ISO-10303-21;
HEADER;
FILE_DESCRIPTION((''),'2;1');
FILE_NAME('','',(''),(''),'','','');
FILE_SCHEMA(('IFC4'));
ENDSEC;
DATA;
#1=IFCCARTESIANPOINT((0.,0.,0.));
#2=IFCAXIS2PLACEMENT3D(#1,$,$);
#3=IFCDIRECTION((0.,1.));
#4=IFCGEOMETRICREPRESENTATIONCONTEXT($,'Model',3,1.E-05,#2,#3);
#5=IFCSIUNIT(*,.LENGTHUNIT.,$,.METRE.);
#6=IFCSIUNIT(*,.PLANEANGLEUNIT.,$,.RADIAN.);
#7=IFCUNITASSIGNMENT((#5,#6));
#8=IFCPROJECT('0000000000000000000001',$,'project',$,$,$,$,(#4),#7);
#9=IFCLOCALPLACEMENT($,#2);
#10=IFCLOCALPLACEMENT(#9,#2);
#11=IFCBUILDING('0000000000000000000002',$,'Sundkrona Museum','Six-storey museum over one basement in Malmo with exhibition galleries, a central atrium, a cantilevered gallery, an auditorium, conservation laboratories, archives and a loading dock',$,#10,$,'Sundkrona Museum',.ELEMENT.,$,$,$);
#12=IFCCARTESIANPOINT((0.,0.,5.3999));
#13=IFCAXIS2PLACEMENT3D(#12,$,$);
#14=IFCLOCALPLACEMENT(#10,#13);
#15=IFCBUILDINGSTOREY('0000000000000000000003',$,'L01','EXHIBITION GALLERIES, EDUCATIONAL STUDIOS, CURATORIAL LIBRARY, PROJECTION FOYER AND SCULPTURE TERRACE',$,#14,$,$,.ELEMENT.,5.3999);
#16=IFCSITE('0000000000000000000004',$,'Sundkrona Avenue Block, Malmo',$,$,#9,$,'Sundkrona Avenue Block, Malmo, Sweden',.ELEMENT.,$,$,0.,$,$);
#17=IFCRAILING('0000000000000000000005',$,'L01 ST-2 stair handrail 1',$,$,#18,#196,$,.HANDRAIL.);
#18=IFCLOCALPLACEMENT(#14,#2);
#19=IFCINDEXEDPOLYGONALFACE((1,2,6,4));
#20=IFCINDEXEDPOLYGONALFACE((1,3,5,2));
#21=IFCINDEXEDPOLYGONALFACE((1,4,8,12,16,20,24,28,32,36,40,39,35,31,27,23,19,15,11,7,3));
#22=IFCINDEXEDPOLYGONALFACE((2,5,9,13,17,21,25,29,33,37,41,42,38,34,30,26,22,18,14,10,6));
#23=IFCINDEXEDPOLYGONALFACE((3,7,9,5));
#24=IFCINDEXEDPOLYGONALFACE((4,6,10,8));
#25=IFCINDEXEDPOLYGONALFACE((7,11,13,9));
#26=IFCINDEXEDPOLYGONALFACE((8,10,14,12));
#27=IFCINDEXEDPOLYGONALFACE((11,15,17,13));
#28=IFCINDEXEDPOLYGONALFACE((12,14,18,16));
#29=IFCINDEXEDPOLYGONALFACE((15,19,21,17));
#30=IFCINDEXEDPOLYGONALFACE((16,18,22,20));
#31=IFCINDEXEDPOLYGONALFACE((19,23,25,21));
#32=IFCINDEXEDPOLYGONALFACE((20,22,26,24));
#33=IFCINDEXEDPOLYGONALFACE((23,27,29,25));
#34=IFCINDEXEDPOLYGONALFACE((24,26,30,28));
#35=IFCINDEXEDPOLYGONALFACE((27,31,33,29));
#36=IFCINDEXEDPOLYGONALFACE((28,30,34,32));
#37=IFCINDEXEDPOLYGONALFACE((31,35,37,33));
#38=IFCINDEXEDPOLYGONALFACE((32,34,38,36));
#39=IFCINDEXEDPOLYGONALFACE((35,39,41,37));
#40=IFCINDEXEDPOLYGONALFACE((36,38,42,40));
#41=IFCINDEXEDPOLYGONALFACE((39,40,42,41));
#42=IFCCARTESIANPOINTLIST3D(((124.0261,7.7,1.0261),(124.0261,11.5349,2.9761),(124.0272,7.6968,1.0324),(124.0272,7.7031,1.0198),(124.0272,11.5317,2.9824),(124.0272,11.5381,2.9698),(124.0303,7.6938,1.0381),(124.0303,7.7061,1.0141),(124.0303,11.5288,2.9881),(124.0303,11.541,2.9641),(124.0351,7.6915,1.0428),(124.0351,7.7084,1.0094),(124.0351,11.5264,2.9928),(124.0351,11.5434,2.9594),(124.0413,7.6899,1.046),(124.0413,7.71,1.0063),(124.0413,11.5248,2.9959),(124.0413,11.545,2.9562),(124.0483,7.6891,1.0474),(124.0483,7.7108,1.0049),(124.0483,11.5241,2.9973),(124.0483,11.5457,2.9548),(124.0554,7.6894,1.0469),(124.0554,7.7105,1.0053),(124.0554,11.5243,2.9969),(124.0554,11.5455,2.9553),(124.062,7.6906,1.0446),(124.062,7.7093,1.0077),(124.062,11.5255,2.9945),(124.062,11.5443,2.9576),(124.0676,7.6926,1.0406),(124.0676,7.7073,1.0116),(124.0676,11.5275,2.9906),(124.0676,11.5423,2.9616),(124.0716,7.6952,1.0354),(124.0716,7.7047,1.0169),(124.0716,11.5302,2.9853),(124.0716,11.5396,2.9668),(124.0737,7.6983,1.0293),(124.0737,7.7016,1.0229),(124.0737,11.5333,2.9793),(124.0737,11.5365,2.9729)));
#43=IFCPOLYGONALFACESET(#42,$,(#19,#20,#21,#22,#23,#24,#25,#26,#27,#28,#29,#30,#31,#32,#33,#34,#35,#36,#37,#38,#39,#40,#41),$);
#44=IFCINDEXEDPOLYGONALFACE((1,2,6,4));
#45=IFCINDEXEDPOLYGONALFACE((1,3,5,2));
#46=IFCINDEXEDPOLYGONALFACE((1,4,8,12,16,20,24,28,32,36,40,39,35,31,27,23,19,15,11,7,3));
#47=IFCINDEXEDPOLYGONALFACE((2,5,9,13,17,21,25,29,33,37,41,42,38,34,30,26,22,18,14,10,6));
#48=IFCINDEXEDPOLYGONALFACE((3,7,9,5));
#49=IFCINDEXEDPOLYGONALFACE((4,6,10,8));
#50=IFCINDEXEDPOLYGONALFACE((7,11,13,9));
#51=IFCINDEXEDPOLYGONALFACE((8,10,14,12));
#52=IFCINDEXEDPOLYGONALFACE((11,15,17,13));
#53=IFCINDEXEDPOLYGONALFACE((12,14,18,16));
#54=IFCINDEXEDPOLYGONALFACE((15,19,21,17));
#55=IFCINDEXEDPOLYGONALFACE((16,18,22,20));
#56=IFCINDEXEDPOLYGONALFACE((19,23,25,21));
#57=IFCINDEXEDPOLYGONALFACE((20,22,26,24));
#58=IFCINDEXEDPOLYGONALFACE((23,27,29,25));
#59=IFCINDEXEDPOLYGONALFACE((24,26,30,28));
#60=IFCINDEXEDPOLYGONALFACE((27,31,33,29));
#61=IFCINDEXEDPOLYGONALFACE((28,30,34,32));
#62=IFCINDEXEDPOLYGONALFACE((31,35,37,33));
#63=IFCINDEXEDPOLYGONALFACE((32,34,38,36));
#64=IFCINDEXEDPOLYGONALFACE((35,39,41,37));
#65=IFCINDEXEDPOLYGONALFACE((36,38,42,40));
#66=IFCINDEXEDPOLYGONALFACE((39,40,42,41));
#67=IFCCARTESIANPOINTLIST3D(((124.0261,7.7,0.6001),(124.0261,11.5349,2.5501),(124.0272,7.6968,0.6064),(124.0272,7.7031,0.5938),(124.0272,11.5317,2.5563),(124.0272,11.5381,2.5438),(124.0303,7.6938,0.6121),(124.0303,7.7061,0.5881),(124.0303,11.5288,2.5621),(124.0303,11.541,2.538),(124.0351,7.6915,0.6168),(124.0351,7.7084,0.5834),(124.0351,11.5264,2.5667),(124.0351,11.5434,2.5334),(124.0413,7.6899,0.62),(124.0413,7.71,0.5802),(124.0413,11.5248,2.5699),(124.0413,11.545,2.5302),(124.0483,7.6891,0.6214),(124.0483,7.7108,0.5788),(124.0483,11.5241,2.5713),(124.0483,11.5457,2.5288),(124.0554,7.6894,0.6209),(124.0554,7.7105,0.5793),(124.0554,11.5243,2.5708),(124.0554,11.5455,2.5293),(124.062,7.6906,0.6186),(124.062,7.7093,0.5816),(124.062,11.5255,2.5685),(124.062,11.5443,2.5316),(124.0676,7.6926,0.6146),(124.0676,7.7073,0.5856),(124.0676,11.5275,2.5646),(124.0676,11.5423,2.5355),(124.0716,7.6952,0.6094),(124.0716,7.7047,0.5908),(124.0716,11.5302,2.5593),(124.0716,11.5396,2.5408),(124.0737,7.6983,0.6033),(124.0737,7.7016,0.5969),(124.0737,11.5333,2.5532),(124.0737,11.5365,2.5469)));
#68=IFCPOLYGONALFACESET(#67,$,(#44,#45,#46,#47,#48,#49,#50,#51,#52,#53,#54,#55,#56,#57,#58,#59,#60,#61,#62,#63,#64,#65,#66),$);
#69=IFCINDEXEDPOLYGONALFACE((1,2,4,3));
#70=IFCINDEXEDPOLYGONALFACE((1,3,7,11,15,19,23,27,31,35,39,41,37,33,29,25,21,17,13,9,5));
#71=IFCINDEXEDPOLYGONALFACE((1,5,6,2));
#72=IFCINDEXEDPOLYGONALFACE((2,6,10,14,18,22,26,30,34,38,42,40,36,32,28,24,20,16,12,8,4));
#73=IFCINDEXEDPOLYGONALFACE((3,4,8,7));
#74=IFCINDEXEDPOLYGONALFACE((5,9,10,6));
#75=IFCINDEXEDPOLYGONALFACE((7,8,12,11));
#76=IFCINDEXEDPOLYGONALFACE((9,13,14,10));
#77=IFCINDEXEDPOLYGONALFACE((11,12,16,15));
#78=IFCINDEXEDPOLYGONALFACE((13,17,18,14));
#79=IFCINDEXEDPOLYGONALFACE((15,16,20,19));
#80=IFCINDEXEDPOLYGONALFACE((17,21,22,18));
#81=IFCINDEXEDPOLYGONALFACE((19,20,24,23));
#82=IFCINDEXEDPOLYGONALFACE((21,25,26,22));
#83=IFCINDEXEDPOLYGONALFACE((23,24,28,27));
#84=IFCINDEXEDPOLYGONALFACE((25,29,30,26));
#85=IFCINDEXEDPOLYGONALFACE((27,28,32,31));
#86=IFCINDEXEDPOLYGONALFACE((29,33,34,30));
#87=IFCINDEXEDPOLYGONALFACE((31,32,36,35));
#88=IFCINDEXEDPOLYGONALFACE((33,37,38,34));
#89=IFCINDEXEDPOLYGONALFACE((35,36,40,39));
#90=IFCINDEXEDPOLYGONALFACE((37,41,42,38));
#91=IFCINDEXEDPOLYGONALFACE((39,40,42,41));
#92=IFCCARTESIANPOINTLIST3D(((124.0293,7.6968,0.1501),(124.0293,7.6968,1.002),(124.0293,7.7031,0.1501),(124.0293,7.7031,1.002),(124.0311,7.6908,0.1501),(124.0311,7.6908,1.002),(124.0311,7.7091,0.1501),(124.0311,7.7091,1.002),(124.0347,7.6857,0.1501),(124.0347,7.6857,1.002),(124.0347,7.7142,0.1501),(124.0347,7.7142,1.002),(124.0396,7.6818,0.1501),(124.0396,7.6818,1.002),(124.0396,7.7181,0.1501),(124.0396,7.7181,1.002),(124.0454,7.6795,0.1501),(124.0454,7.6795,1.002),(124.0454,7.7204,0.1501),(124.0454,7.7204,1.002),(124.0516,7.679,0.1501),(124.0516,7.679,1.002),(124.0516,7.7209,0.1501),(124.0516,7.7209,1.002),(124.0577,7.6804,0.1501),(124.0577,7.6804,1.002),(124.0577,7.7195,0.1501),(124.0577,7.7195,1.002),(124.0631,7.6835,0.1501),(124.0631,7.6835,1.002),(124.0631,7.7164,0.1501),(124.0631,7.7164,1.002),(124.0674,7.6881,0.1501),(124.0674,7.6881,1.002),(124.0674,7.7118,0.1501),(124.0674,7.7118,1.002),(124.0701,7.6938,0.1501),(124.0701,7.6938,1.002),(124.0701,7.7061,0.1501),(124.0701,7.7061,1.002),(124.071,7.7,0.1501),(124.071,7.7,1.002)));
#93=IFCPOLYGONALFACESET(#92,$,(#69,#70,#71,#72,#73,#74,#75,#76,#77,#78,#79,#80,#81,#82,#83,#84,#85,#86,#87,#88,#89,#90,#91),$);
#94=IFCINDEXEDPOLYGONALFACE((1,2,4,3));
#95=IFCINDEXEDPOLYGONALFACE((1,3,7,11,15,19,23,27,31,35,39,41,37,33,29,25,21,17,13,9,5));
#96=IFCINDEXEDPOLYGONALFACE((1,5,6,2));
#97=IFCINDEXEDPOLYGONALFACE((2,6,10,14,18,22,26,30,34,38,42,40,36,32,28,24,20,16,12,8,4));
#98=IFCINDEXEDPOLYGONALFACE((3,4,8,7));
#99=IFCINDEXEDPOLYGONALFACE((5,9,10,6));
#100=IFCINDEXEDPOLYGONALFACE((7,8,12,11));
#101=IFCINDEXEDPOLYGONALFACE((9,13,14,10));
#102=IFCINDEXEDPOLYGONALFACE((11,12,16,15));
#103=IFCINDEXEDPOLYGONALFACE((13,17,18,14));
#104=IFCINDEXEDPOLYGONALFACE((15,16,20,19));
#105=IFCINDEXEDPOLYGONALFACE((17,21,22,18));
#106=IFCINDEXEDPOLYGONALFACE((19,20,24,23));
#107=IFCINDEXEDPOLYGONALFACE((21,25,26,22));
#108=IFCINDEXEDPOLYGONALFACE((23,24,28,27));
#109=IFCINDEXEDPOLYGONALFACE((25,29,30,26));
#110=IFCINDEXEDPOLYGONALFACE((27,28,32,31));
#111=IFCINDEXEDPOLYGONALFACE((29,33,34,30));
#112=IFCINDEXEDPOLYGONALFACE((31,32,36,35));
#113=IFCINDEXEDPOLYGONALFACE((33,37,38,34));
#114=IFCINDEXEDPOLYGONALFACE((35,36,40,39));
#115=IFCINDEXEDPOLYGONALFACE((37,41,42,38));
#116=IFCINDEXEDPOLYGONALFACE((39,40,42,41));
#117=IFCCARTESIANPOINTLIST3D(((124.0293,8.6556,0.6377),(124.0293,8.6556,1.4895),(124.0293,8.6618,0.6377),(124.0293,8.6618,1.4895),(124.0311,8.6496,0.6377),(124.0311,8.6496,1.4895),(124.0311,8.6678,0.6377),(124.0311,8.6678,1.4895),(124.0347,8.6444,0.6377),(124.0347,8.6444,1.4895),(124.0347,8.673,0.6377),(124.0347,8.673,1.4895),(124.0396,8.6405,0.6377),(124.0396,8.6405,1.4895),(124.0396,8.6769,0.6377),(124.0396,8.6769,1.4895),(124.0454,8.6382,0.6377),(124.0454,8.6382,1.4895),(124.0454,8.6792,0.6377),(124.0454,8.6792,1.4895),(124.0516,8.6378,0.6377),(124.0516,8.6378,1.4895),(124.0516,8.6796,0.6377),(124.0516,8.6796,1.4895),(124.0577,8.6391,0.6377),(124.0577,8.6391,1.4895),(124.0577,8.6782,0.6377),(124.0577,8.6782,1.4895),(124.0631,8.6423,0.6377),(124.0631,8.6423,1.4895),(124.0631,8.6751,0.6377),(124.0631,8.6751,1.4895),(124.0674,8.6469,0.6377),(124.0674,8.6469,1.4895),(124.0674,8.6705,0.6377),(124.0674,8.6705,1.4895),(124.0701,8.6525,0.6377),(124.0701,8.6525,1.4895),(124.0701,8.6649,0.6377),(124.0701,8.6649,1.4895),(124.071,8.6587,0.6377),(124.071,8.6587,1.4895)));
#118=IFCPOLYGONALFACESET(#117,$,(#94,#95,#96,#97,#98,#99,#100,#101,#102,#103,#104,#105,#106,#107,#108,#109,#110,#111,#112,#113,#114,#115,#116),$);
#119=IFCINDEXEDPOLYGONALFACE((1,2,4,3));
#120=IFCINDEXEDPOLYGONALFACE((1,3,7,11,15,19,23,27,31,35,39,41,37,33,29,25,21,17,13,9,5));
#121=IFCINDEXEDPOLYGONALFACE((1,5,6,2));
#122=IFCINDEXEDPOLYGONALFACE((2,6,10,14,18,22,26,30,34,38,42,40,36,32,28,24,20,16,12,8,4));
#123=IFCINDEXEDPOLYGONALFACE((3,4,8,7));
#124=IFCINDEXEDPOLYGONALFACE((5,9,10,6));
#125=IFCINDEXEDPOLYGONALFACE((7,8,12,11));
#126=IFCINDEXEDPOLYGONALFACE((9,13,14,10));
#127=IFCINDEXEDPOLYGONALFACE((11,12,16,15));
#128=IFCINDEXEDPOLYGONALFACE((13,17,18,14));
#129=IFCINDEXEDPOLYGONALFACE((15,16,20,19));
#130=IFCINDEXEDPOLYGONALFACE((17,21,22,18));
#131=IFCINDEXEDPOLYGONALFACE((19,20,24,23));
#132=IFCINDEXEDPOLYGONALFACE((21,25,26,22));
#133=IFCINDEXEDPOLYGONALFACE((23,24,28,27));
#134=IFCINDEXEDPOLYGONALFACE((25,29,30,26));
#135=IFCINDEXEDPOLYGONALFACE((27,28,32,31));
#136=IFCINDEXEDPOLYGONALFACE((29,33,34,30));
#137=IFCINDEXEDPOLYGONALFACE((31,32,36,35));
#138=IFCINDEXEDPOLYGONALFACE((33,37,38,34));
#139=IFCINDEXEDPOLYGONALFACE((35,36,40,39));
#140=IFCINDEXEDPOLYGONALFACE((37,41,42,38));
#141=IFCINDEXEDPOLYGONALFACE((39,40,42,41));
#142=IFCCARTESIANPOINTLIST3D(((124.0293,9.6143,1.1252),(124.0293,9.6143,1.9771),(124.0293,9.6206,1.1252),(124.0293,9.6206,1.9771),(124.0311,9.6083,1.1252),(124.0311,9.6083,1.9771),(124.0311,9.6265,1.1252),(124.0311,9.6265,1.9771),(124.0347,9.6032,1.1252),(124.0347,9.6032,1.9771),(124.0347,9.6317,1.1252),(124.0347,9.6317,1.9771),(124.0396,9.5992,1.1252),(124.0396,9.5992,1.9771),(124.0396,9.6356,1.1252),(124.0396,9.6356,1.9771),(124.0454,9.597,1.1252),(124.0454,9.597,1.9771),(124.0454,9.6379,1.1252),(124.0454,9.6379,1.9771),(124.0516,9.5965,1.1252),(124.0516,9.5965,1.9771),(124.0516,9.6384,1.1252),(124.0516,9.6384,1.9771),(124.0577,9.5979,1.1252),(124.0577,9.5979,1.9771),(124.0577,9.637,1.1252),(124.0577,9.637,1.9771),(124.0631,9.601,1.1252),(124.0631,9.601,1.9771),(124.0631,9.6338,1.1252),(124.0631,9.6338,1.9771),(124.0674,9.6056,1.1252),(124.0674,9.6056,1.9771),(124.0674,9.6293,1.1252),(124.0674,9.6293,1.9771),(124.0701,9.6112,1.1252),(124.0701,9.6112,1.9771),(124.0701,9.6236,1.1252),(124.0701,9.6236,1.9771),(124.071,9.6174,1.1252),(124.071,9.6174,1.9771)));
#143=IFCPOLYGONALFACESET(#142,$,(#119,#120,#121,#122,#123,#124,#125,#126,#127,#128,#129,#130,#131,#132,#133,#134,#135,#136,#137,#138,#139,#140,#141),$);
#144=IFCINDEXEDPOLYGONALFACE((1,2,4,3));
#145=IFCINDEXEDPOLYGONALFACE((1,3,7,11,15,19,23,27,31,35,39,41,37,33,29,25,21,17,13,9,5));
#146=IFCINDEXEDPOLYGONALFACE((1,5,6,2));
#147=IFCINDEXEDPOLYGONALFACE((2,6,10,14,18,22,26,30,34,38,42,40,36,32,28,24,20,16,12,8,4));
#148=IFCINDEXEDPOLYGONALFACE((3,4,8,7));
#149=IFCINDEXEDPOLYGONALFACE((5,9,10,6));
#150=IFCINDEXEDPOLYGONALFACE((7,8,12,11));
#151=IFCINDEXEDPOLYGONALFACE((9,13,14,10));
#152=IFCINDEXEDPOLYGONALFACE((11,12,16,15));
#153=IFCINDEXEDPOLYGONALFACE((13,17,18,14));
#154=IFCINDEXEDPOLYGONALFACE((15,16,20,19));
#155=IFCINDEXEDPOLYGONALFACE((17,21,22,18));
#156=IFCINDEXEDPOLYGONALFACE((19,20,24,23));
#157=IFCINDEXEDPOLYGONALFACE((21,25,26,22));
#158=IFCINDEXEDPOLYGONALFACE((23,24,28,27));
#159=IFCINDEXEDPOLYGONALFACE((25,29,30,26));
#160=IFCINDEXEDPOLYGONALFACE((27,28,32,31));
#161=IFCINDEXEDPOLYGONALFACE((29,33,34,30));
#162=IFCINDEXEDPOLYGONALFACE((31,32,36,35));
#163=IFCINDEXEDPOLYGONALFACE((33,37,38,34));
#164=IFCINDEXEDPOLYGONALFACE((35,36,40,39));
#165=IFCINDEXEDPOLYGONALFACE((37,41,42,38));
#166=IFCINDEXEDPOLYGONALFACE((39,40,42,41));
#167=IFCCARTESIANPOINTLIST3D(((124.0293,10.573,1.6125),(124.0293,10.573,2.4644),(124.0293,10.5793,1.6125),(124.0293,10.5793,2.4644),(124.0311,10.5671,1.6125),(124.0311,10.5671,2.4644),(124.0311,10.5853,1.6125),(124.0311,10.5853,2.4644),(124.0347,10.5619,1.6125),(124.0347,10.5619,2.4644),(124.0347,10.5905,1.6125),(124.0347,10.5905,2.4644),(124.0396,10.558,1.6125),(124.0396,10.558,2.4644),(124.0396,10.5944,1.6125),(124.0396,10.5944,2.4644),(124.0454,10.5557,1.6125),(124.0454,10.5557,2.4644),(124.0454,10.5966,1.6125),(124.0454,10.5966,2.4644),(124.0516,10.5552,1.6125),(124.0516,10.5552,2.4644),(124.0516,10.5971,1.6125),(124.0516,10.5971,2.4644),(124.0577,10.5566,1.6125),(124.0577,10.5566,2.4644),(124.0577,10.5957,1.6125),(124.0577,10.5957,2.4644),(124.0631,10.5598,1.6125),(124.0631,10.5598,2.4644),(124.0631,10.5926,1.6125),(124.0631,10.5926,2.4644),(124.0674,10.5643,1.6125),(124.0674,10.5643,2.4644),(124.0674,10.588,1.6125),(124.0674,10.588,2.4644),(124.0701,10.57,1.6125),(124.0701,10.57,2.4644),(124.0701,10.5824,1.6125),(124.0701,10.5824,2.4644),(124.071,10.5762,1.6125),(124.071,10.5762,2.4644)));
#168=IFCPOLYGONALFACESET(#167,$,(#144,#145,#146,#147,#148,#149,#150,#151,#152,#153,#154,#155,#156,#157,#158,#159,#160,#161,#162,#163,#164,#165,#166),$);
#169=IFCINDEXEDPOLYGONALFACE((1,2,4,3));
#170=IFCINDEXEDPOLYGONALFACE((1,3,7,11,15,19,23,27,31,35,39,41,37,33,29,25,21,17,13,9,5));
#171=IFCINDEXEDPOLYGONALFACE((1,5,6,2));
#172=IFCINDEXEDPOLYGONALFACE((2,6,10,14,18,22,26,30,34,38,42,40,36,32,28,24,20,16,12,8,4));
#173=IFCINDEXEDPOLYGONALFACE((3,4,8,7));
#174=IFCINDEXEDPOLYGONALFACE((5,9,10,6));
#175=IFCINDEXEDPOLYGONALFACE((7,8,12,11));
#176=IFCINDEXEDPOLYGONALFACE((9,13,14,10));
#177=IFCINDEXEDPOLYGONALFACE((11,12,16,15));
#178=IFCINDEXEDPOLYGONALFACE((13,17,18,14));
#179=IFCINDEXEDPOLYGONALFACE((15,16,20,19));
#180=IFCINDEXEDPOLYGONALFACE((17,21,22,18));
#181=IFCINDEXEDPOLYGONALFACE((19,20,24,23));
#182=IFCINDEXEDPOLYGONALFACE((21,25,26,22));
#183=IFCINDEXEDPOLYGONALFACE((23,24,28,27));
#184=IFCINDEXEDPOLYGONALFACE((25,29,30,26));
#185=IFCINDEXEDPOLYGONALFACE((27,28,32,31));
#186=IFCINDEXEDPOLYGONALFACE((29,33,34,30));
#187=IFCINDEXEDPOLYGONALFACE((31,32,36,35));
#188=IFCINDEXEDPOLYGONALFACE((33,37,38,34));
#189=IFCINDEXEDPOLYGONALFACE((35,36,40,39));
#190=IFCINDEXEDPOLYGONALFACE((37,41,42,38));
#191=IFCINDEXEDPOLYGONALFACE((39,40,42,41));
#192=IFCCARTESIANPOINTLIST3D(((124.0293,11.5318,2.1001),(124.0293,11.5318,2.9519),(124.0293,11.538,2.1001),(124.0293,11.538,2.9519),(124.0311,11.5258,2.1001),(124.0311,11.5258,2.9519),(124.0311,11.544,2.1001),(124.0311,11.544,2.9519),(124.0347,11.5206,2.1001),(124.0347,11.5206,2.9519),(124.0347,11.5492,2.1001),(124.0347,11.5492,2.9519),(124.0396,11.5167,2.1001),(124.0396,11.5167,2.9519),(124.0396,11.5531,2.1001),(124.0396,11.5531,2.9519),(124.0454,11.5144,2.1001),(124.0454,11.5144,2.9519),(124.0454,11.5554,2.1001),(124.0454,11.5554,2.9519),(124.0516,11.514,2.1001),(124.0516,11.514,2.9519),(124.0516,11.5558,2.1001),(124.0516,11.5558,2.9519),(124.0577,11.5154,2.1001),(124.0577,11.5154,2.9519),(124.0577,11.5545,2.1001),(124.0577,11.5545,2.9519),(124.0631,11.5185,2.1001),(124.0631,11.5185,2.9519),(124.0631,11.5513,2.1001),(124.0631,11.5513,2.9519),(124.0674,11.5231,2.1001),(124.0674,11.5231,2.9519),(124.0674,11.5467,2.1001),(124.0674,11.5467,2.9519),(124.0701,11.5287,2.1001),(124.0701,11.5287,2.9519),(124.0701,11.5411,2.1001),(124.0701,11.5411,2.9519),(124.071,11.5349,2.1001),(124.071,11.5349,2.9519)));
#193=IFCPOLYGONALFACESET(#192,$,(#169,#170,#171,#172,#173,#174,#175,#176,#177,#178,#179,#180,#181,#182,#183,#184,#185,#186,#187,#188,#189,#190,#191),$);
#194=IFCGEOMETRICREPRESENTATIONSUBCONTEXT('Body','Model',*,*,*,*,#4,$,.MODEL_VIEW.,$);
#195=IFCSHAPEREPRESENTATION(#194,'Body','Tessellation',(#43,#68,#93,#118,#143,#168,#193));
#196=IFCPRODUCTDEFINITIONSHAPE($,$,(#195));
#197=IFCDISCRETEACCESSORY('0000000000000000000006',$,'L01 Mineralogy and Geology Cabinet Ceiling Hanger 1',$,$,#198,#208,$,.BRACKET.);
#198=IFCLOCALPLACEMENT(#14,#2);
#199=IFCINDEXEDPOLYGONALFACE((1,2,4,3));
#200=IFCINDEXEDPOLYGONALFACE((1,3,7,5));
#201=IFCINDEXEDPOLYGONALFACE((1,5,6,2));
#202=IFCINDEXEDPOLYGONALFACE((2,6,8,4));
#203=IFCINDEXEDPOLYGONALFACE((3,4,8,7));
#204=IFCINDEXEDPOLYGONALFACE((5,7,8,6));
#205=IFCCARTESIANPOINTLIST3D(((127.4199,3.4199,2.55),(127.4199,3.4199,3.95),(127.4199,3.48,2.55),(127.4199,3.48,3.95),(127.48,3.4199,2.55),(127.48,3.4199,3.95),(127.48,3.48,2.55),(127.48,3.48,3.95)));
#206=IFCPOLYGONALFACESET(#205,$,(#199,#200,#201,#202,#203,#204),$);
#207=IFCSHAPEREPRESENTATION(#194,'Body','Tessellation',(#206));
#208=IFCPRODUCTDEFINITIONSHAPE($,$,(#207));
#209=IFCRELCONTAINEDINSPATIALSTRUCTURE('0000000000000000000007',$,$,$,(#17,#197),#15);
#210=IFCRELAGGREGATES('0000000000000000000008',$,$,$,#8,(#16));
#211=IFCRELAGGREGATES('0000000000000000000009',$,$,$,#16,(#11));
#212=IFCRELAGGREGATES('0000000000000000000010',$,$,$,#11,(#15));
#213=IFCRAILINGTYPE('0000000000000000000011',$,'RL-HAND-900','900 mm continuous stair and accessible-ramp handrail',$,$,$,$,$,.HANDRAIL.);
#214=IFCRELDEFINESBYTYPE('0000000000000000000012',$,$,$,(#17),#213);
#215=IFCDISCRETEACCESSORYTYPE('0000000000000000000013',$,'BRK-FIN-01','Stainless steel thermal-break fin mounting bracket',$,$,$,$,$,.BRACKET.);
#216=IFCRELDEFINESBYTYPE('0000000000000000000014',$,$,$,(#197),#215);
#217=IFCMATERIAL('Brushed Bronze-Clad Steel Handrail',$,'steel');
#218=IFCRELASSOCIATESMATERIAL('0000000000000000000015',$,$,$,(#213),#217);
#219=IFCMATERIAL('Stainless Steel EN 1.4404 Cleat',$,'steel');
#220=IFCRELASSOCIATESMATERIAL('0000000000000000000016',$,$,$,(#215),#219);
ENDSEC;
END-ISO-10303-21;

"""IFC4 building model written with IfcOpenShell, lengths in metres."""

from ifc_helpers import new_model, si_unit, direction, frame, origin, origin_2d, place, context, subcontext, project, spatial, rectangle, circle, extrude, material, type_object, element, save


model = new_model("IFC4")

# Units and contexts
model_context = context("Model", 3, precision=1e-05, world=origin(), true_north=direction((0.0, 1.0)))
body_context = subcontext(model_context, "Body", "Model", "MODEL_VIEW")
ifc_project = project(units=[si_unit("LENGTHUNIT", "METRE"), si_unit("PLANEANGLEUNIT", "RADIAN")], contexts=[model_context])

# Site, building, storey
site_placement = place(None, origin())
site = spatial("IfcSite", under=ifc_project, at=site_placement, Name="Sundkrona Avenue Block, Malmo", LongName="Sundkrona Avenue Block, Malmo, Sweden", CompositionType="ELEMENT", RefElevation=0.0)
building_placement = place(site_placement, origin())
building = spatial("IfcBuilding", under=site, at=building_placement, Name="Sundkrona Museum", Description="Six-storey museum over one basement in Malmo with exhibition galleries, a central atrium, a cantilevered gallery, an auditorium, conservation laboratories, archives and a loading dock", LongName="Sundkrona Museum", CompositionType="ELEMENT")
storey_placement = place(building_placement, frame((0.0, 0.0, 5.3999)))
storey = spatial("IfcBuildingStorey", under=building, at=storey_placement, Name="L01", Description="EXHIBITION GALLERIES, EDUCATIONAL STUDIOS, CURATORIAL LIBRARY, PROJECTION FOYER AND SCULPTURE TERRACE", CompositionType="ELEMENT", Elevation=5.3999)

# Railing
ifc_material_1 = material(Name="Brushed Bronze-Clad Steel Handrail", Category="steel")
railing_type_1 = type_object("IfcRailingType", Name="RL-HAND-900", Description="900 mm continuous stair and accessible-ramp handrail", PredefinedType="HANDRAIL", material=ifc_material_1)
railing_1_placement = place(storey_placement, frame((124.05, 7.7, 0.1501)))
element("IfcRailing", 1, at=railing_1_placement, inside=storey, type_object=railing_type_1, Name="L01 ST-2 stair handrail 1", PredefinedType="HANDRAIL", context=body_context, shape_type="SweptSolid", body=[
    extrude(circle(Radius=0.0239, at=origin_2d()), frame((0.0, 0.0, 0.876), z_axis=(0.0, 0.891388, 0.453241), x_axis=(-1.0, 0.0, 0.0)), (0.0, 0.0, 1.0), 4.3022),
    extrude(circle(Radius=0.0239, at=origin_2d()), frame((0.0, 0.0, 0.45), z_axis=(0.0, 0.891388, 0.453241), x_axis=(-1.0, 0.0, 0.0)), (0.0, 0.0, 1.0), 4.3022),
    extrude(circle(Radius=0.021, at=origin_2d()), origin(), (0.0, 0.0, 1.0), 0.8518),
    extrude(circle(Radius=0.021, at=origin_2d()), frame((0.0, 0.9587, 0.4875)), (0.0, 0.0, 1.0), 0.8518),
    extrude(circle(Radius=0.021, at=origin_2d()), frame((0.0, 1.9175, 0.9751)), (0.0, 0.0, 1.0), 0.8518),
    extrude(circle(Radius=0.021, at=origin_2d()), frame((0.0, 2.8762, 1.4624)), (0.0, 0.0, 1.0), 0.8518),
    extrude(circle(Radius=0.021, at=origin_2d()), frame((0.0, 3.835, 1.95)), (0.0, 0.0, 1.0), 0.8518),
])

# Discrete accessory
ifc_material_2 = material(Name="Stainless Steel EN 1.4404 Cleat", Category="steel")
discrete_accessory_type = type_object("IfcDiscreteAccessoryType", Name="BRK-FIN-01", Description="Stainless steel thermal-break fin mounting bracket", PredefinedType="BRACKET", material=ifc_material_2)
discrete_accessory_placement = place(storey_placement, frame((127.45, 3.45, 2.55), z_axis=(0.0, 0.0, 1.0), x_axis=(1.0, 0.0, 0.0)))
element("IfcDiscreteAccessory", 2, at=discrete_accessory_placement, inside=storey, type_object=discrete_accessory_type, Name="L01 Mineralogy and Geology Cabinet Ceiling Hanger 1", PredefinedType="BRACKET", context=body_context, shape_type="SweptSolid", body=[
    extrude(rectangle(XDim=0.0601, YDim=0.0601, at=origin_2d()), origin(), (0.0, 0.0, 1.0), 1.3999),
])

save(model, "model.ifc")
